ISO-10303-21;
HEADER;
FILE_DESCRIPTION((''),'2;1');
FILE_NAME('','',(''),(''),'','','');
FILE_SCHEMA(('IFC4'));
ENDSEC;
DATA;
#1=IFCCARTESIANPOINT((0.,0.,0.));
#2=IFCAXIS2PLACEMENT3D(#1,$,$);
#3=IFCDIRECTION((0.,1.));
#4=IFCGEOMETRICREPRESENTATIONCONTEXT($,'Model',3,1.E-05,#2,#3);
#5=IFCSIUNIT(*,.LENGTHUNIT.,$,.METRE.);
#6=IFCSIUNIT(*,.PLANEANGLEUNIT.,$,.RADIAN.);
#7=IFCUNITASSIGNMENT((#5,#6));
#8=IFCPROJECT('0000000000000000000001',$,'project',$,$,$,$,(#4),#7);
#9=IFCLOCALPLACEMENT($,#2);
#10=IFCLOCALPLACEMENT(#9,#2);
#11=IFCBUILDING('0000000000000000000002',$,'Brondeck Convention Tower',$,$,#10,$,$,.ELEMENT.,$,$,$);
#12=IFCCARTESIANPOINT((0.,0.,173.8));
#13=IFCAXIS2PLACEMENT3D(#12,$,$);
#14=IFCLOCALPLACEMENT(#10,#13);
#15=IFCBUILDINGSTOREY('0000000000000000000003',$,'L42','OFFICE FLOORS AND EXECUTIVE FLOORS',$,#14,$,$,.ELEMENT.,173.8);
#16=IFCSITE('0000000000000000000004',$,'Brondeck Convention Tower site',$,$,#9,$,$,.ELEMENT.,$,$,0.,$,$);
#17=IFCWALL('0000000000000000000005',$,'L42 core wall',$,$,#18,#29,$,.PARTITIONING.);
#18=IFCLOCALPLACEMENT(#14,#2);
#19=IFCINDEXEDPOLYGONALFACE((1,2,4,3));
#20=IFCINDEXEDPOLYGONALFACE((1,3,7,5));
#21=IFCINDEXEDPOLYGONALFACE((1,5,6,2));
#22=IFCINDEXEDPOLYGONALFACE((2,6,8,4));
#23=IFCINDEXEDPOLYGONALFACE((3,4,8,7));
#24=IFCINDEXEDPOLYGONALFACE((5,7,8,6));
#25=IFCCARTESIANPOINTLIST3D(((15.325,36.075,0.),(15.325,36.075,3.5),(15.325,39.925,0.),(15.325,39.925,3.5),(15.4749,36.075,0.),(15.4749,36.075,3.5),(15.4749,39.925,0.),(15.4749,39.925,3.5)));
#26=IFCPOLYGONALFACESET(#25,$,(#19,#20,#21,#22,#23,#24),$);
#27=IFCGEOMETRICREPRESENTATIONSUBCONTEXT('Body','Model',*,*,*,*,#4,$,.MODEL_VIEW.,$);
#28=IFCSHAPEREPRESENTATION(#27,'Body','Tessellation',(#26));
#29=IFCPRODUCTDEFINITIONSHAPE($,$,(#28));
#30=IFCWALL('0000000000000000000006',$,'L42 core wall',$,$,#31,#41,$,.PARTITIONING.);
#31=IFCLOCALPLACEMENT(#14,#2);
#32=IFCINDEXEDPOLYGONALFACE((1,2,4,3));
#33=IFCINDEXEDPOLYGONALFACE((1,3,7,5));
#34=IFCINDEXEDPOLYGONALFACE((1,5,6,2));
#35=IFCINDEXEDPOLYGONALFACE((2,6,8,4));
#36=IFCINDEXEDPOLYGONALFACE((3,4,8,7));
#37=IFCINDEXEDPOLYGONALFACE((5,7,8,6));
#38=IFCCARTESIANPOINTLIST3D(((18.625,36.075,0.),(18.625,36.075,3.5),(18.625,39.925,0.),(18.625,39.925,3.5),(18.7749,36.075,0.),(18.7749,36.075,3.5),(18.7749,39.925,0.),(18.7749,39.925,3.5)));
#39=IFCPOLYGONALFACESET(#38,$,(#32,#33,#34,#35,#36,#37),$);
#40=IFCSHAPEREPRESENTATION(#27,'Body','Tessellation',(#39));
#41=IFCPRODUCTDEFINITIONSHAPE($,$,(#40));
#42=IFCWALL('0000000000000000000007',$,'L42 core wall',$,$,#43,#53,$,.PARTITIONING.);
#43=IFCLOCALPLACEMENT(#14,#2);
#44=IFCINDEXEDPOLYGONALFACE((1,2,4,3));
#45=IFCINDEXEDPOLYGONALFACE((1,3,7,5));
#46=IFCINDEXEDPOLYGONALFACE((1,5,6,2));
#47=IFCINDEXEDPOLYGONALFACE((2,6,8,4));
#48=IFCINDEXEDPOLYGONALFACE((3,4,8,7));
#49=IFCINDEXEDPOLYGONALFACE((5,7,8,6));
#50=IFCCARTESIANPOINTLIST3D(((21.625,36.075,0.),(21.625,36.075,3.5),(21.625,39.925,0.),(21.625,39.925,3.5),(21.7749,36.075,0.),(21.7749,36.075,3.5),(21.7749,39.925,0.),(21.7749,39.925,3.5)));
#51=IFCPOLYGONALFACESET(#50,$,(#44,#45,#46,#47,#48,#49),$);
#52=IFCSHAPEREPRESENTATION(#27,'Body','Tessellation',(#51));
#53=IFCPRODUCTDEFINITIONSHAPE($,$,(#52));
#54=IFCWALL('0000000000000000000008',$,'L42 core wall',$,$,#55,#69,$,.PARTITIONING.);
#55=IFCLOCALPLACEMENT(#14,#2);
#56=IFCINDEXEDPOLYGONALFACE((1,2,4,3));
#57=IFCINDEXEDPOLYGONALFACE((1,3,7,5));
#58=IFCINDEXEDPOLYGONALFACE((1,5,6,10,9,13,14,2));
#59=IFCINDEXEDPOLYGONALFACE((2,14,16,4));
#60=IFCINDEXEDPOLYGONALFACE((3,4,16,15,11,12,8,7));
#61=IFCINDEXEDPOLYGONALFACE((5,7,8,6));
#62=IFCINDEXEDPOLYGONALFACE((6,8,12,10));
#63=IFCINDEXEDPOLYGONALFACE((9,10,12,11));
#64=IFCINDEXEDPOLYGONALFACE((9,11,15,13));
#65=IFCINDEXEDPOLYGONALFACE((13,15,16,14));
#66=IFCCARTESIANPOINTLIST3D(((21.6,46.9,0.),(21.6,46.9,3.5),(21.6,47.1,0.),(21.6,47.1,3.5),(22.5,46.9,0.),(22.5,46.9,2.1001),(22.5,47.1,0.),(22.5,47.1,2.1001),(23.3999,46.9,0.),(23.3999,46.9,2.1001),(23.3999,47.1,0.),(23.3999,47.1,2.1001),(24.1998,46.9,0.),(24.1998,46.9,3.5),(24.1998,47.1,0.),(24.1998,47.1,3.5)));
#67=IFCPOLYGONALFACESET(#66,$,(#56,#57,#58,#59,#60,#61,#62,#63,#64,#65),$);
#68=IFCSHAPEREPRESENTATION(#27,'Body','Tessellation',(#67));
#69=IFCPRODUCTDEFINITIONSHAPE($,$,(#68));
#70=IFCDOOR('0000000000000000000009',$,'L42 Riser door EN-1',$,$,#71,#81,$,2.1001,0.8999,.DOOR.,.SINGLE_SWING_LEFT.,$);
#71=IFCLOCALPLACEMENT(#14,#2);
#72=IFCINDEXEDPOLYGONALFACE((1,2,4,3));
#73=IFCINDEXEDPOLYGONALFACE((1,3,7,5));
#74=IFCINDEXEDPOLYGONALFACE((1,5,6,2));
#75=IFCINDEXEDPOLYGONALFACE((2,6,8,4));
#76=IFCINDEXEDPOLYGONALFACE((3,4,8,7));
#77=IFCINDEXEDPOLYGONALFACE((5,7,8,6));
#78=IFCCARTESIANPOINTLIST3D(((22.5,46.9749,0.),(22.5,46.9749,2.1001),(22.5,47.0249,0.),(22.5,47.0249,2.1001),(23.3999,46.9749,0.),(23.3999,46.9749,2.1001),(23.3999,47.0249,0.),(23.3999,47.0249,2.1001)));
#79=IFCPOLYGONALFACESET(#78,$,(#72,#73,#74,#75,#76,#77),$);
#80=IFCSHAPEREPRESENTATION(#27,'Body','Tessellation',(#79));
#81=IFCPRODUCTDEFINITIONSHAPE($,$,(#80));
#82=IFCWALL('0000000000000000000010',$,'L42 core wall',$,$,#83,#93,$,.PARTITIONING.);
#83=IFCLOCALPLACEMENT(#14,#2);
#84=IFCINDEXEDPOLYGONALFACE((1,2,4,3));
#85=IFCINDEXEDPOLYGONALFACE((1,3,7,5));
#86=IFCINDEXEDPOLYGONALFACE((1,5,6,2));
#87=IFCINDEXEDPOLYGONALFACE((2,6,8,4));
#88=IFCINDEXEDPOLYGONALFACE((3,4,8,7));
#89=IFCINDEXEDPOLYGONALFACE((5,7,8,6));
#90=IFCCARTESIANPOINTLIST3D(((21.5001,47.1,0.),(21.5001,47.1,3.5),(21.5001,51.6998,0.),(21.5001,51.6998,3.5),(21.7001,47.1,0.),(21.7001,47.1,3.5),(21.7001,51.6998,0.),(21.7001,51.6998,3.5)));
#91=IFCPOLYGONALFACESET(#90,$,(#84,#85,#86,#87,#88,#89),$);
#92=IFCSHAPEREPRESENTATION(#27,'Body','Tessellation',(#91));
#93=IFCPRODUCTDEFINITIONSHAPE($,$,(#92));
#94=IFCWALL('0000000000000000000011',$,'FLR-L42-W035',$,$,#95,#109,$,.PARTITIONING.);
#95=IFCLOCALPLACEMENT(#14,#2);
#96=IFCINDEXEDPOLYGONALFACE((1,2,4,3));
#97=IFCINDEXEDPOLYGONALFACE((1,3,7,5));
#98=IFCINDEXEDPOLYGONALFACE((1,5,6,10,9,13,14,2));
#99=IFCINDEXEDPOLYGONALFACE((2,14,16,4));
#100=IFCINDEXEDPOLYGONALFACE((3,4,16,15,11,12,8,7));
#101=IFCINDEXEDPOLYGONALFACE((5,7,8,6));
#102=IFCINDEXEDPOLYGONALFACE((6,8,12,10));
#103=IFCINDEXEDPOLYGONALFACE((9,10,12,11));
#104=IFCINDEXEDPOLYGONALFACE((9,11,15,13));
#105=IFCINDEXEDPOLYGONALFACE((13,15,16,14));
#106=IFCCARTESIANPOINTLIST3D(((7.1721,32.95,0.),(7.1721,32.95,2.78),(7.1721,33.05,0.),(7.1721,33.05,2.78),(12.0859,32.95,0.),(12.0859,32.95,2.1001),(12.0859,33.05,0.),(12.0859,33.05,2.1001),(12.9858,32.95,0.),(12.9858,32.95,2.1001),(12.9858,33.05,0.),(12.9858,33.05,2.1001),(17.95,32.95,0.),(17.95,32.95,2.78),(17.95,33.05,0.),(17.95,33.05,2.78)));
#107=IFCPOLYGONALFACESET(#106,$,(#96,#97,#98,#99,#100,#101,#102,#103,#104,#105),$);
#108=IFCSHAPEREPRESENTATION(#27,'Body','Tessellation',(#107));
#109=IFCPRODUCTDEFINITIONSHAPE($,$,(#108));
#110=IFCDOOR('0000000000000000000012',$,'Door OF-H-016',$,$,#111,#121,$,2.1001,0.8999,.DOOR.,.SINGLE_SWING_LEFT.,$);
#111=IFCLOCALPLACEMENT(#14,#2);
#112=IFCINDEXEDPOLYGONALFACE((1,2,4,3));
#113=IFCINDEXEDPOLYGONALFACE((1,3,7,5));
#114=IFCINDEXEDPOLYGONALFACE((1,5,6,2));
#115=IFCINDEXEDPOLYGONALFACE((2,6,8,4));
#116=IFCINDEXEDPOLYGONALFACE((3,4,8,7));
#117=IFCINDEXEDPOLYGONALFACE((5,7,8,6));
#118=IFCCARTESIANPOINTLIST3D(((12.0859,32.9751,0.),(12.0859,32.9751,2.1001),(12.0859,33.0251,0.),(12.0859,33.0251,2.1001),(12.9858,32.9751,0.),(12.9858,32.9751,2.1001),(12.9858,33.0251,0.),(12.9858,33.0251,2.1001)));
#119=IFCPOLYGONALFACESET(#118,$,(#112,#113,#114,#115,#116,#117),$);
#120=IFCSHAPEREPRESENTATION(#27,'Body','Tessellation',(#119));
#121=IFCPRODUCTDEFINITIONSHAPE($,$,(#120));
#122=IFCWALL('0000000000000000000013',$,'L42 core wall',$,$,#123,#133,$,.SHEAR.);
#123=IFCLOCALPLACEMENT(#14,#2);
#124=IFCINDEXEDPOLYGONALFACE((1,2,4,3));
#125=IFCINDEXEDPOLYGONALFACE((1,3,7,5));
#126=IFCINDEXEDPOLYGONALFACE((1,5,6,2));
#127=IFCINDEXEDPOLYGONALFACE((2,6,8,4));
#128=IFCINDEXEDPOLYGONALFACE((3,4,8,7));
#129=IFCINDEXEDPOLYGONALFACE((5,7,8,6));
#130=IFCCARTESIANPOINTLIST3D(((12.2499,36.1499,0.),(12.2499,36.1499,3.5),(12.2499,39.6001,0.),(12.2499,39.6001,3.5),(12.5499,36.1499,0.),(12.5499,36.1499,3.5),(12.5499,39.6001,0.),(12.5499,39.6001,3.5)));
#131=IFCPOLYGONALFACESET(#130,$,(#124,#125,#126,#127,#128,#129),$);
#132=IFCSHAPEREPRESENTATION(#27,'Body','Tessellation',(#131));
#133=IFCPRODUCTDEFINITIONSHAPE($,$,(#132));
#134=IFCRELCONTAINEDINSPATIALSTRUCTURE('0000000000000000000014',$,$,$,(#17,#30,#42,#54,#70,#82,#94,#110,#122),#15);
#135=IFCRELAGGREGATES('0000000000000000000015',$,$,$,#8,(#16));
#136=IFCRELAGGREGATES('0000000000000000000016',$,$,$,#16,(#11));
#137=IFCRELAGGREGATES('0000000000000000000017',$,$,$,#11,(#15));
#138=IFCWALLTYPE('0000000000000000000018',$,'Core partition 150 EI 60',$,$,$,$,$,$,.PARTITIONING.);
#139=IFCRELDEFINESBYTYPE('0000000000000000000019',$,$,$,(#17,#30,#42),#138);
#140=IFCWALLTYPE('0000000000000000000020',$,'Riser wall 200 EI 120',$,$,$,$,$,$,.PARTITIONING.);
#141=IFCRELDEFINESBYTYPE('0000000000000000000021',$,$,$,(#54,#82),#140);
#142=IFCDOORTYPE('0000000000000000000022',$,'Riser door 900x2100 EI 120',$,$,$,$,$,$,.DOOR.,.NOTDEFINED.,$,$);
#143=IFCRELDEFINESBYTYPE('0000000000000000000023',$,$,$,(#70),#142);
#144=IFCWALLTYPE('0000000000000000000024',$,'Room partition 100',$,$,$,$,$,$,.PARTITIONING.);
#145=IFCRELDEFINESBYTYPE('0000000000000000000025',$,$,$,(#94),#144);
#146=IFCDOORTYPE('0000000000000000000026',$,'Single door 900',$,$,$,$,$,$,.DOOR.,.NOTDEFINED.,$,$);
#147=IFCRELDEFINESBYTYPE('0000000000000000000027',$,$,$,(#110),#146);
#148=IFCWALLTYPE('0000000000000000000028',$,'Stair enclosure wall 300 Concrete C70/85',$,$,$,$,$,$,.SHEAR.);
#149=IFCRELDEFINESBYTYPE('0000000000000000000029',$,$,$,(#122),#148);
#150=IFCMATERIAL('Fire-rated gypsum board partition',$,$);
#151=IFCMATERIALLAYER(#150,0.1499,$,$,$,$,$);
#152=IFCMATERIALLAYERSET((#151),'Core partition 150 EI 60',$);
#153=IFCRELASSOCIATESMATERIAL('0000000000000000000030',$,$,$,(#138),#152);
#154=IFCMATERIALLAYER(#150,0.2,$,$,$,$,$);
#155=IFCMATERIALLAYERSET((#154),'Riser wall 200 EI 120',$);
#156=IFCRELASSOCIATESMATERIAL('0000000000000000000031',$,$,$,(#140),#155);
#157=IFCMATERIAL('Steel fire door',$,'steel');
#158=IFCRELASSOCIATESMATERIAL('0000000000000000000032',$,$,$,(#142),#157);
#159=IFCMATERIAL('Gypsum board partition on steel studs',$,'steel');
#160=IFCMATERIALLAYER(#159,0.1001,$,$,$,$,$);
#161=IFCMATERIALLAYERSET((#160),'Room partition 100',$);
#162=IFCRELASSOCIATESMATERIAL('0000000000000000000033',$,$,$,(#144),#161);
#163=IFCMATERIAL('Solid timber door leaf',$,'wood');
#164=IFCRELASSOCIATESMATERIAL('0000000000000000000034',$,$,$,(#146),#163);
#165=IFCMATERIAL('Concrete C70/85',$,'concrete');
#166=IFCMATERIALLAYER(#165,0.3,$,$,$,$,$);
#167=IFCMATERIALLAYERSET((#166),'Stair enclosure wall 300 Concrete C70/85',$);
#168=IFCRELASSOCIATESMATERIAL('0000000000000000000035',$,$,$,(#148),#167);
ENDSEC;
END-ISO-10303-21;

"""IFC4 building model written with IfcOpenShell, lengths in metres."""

from ifc_helpers import new_model, si_unit, direction, frame, frame_2d, origin, place, context, subcontext, project, spatial, rectangle, extrude, material, layer, layer_set, type_object, element, fill, save


model = new_model("IFC4")

# Units and contexts
model_context = context("Model", 3, precision=1e-05, world=origin(), true_north=direction((0.0, 1.0)))
body_context = subcontext(model_context, "Body", "Model", "MODEL_VIEW")
ifc_project = project(units=[si_unit("LENGTHUNIT", "METRE"), si_unit("PLANEANGLEUNIT", "RADIAN")], contexts=[model_context])

# Site, building, storey
site_placement = place(None, origin())
site = spatial("IfcSite", under=ifc_project, at=site_placement, Name="Brondeck Convention Tower site", CompositionType="ELEMENT", RefElevation=0.0)
building_placement = place(site_placement, origin())
building = spatial("IfcBuilding", under=site, at=building_placement, Name="Brondeck Convention Tower", CompositionType="ELEMENT")
storey_placement = place(building_placement, frame((0.0, 0.0, 173.8)))
storey = spatial("IfcBuildingStorey", under=building, at=storey_placement, Name="L42", Description="OFFICE FLOORS AND EXECUTIVE FLOORS", CompositionType="ELEMENT", Elevation=173.8)

# Shared definitions
ifc_material_1 = material(Name="Concrete C70/85", Category="concrete")
ifc_material_2 = material(Name="Steel fire door", Category="steel")

# Walls
ifc_material_3 = material(Name="Fire-rated gypsum board partition")
ifc_layer_1 = layer(ifc_material_3, 0.1499)
ifc_layer_set_1 = layer_set([ifc_layer_1], Name="Core partition 150 EI 60")
wall_type_1 = type_object("IfcWallType", Name="Core partition 150 EI 60", PredefinedType="PARTITIONING", material=ifc_layer_set_1)
for number, where, z_axis, x_axis, name in (
    (1, (15.3999, 36.075, 0.0), (0.0, 0.0, 1.0), (0.0, 1.0, 0.0), "L42 core wall"),
    (2, (18.7, 36.075, 0.0), (0.0, 0.0, 1.0), (0.0, 1.0, 0.0), "L42 core wall"),
    (3, (21.7, 36.075, 0.0), (0.0, 0.0, 1.0), (0.0, 1.0, 0.0), "L42 core wall"),
):
    element("IfcWall", number, at=place(storey_placement, frame(where, z_axis=z_axis, x_axis=x_axis)), inside=storey, type_object=wall_type_1, Name=name, PredefinedType="PARTITIONING", context=body_context, shape_type="SweptSolid", body=[
        extrude(rectangle(XDim=3.8501, YDim=0.1499, at=frame_2d((1.925, 0.0))), origin(), (0.0, 0.0, 1.0), 3.5),
    ])

# Wall, opening, door
ifc_layer_2 = layer(ifc_material_3, 0.2)
ifc_layer_set_2 = layer_set([ifc_layer_2], Name="Riser wall 200 EI 120")
wall_type_2 = type_object("IfcWallType", Name="Riser wall 200 EI 120", PredefinedType="PARTITIONING", material=ifc_layer_set_2)
wall_1_placement = place(storey_placement, frame((21.6001, 47.0, 0.0), z_axis=(0.0, 0.0, 1.0), x_axis=(1.0, 0.0, 0.0)))
wall_1 = element("IfcWall", 4, at=wall_1_placement, inside=storey, type_object=wall_type_2, Name="L42 core wall", PredefinedType="PARTITIONING", context=body_context, shape_type="SweptSolid", body=[
    extrude(rectangle(XDim=2.5999, YDim=0.2, at=frame_2d((1.2998, 0.0))), origin(), (0.0, 0.0, 1.0), 3.5),
])
opening_1_placement = place(wall_1_placement, frame((0.8999, 0.0, 0.0)))
opening_1 = element("IfcOpeningElement", 5, at=opening_1_placement, cuts=wall_1, PredefinedType="OPENING", context=body_context, shape_type="SweptSolid", body=[
    extrude(rectangle(XDim=0.8999, YDim=2.1001, at=frame_2d((0.45, 1.05))), frame((0.0, 0.1099, 0.0), z_axis=(0.0, -1.0, 0.0), x_axis=(1.0, 0.0, 0.0)), (0.0, 0.0, 1.0), 0.22),
])
door_type_1 = type_object("IfcDoorType", Name="Riser door 900x2100 EI 120", OperationType="NOTDEFINED", PredefinedType="DOOR", material=ifc_material_2)
door_1_placement = place(opening_1_placement, origin())
door_1 = element("IfcDoor", 6, at=door_1_placement, inside=storey, type_object=door_type_1, Name="L42 Riser door EN-1", OperationType="SINGLE_SWING_LEFT", OverallHeight=2.1001, OverallWidth=0.8999, PredefinedType="DOOR", context=body_context, shape_type="SweptSolid", body=[
    extrude(rectangle(XDim=0.8999, YDim=2.1001, at=frame_2d((0.45, 1.05))), frame((0.0, 0.0249, 0.0), z_axis=(0.0, -1.0, 0.0), x_axis=(1.0, 0.0, 0.0)), (0.0, 0.0, 1.0), 0.05),
])
fill(opening_1, door_1)

# Wall
wall_2_placement = place(storey_placement, frame((21.6001, 47.1001, 0.0), z_axis=(0.0, 0.0, 1.0), x_axis=(0.0, 1.0, 0.0)))
element("IfcWall", 7, at=wall_2_placement, inside=storey, type_object=wall_type_2, Name="L42 core wall", PredefinedType="PARTITIONING", context=body_context, shape_type="SweptSolid", body=[
    extrude(rectangle(XDim=4.5999, YDim=0.2, at=frame_2d((2.2998, 0.0))), origin(), (0.0, 0.0, 1.0), 3.5),
])

# Wall, opening, door
ifc_material_4 = material(Name="Gypsum board partition on steel studs", Category="steel")
ifc_layer_3 = layer(ifc_material_4, 0.1001)
ifc_layer_set_3 = layer_set([ifc_layer_3], Name="Room partition 100")
wall_type_3 = type_object("IfcWallType", Name="Room partition 100", PredefinedType="PARTITIONING", material=ifc_layer_set_3)
wall_3_placement = place(storey_placement, frame((17.95, 33.0, 0.0), z_axis=(0.0, 0.0, 1.0), x_axis=(-1.0, 0.0, 0.0)))
wall_3 = element("IfcWall", 8, at=wall_3_placement, inside=storey, type_object=wall_type_3, Name="FLR-L42-W035", PredefinedType="PARTITIONING", context=body_context, shape_type="SweptSolid", body=[
    extrude(rectangle(XDim=10.7778, YDim=0.1001, at=frame_2d((5.3889, 0.0))), origin(), (0.0, 0.0, 1.0), 2.78),
])
opening_2_placement = place(wall_3_placement, frame((4.9641, 0.0, 0.0)))
opening_2 = element("IfcOpeningElement", 9, at=opening_2_placement, cuts=wall_3, PredefinedType="OPENING", context=body_context, shape_type="SweptSolid", body=[
    extrude(rectangle(XDim=0.8999, YDim=2.1001, at=frame_2d((0.45, 1.05))), frame((0.0, 0.0601, 0.0), z_axis=(0.0, -1.0, 0.0), x_axis=(1.0, 0.0, 0.0)), (0.0, 0.0, 1.0), 0.1201),
])
ifc_material_5 = material(Name="Solid timber door leaf", Category="wood")
door_type_2 = type_object("IfcDoorType", Name="Single door 900", OperationType="NOTDEFINED", PredefinedType="DOOR", material=ifc_material_5)
door_2_placement = place(opening_2_placement, origin())
door_2 = element("IfcDoor", 10, at=door_2_placement, inside=storey, type_object=door_type_2, Name="Door OF-H-016", OperationType="SINGLE_SWING_LEFT", OverallHeight=2.1001, OverallWidth=0.8999, PredefinedType="DOOR", context=body_context, shape_type="SweptSolid", body=[
    extrude(rectangle(XDim=0.8999, YDim=2.1001, at=frame_2d((0.45, 1.05))), frame((0.0, 0.0249, 0.0), z_axis=(0.0, -1.0, 0.0), x_axis=(1.0, 0.0, 0.0)), (0.0, 0.0, 1.0), 0.05),
])
fill(opening_2, door_2)

# Wall
ifc_layer_4 = layer(ifc_material_1, 0.3)
ifc_layer_set_4 = layer_set([ifc_layer_4], Name="Stair enclosure wall 300 Concrete C70/85")
wall_type_4 = type_object("IfcWallType", Name="Stair enclosure wall 300 Concrete C70/85", PredefinedType="SHEAR", material=ifc_layer_set_4)
wall_4_placement = place(storey_placement, frame((12.3999, 36.1499, 0.0), z_axis=(0.0, 0.0, 1.0), x_axis=(0.0, 1.0, 0.0)))
element("IfcWall", 11, at=wall_4_placement, inside=storey, type_object=wall_type_4, Name="L42 core wall", PredefinedType="SHEAR", context=body_context, shape_type="SweptSolid", body=[
    extrude(rectangle(XDim=3.4502, YDim=0.3, at=frame_2d((1.7251, 0.0))), origin(), (0.0, 0.0, 1.0), 3.5),
])

save(model, "model.ifc")
